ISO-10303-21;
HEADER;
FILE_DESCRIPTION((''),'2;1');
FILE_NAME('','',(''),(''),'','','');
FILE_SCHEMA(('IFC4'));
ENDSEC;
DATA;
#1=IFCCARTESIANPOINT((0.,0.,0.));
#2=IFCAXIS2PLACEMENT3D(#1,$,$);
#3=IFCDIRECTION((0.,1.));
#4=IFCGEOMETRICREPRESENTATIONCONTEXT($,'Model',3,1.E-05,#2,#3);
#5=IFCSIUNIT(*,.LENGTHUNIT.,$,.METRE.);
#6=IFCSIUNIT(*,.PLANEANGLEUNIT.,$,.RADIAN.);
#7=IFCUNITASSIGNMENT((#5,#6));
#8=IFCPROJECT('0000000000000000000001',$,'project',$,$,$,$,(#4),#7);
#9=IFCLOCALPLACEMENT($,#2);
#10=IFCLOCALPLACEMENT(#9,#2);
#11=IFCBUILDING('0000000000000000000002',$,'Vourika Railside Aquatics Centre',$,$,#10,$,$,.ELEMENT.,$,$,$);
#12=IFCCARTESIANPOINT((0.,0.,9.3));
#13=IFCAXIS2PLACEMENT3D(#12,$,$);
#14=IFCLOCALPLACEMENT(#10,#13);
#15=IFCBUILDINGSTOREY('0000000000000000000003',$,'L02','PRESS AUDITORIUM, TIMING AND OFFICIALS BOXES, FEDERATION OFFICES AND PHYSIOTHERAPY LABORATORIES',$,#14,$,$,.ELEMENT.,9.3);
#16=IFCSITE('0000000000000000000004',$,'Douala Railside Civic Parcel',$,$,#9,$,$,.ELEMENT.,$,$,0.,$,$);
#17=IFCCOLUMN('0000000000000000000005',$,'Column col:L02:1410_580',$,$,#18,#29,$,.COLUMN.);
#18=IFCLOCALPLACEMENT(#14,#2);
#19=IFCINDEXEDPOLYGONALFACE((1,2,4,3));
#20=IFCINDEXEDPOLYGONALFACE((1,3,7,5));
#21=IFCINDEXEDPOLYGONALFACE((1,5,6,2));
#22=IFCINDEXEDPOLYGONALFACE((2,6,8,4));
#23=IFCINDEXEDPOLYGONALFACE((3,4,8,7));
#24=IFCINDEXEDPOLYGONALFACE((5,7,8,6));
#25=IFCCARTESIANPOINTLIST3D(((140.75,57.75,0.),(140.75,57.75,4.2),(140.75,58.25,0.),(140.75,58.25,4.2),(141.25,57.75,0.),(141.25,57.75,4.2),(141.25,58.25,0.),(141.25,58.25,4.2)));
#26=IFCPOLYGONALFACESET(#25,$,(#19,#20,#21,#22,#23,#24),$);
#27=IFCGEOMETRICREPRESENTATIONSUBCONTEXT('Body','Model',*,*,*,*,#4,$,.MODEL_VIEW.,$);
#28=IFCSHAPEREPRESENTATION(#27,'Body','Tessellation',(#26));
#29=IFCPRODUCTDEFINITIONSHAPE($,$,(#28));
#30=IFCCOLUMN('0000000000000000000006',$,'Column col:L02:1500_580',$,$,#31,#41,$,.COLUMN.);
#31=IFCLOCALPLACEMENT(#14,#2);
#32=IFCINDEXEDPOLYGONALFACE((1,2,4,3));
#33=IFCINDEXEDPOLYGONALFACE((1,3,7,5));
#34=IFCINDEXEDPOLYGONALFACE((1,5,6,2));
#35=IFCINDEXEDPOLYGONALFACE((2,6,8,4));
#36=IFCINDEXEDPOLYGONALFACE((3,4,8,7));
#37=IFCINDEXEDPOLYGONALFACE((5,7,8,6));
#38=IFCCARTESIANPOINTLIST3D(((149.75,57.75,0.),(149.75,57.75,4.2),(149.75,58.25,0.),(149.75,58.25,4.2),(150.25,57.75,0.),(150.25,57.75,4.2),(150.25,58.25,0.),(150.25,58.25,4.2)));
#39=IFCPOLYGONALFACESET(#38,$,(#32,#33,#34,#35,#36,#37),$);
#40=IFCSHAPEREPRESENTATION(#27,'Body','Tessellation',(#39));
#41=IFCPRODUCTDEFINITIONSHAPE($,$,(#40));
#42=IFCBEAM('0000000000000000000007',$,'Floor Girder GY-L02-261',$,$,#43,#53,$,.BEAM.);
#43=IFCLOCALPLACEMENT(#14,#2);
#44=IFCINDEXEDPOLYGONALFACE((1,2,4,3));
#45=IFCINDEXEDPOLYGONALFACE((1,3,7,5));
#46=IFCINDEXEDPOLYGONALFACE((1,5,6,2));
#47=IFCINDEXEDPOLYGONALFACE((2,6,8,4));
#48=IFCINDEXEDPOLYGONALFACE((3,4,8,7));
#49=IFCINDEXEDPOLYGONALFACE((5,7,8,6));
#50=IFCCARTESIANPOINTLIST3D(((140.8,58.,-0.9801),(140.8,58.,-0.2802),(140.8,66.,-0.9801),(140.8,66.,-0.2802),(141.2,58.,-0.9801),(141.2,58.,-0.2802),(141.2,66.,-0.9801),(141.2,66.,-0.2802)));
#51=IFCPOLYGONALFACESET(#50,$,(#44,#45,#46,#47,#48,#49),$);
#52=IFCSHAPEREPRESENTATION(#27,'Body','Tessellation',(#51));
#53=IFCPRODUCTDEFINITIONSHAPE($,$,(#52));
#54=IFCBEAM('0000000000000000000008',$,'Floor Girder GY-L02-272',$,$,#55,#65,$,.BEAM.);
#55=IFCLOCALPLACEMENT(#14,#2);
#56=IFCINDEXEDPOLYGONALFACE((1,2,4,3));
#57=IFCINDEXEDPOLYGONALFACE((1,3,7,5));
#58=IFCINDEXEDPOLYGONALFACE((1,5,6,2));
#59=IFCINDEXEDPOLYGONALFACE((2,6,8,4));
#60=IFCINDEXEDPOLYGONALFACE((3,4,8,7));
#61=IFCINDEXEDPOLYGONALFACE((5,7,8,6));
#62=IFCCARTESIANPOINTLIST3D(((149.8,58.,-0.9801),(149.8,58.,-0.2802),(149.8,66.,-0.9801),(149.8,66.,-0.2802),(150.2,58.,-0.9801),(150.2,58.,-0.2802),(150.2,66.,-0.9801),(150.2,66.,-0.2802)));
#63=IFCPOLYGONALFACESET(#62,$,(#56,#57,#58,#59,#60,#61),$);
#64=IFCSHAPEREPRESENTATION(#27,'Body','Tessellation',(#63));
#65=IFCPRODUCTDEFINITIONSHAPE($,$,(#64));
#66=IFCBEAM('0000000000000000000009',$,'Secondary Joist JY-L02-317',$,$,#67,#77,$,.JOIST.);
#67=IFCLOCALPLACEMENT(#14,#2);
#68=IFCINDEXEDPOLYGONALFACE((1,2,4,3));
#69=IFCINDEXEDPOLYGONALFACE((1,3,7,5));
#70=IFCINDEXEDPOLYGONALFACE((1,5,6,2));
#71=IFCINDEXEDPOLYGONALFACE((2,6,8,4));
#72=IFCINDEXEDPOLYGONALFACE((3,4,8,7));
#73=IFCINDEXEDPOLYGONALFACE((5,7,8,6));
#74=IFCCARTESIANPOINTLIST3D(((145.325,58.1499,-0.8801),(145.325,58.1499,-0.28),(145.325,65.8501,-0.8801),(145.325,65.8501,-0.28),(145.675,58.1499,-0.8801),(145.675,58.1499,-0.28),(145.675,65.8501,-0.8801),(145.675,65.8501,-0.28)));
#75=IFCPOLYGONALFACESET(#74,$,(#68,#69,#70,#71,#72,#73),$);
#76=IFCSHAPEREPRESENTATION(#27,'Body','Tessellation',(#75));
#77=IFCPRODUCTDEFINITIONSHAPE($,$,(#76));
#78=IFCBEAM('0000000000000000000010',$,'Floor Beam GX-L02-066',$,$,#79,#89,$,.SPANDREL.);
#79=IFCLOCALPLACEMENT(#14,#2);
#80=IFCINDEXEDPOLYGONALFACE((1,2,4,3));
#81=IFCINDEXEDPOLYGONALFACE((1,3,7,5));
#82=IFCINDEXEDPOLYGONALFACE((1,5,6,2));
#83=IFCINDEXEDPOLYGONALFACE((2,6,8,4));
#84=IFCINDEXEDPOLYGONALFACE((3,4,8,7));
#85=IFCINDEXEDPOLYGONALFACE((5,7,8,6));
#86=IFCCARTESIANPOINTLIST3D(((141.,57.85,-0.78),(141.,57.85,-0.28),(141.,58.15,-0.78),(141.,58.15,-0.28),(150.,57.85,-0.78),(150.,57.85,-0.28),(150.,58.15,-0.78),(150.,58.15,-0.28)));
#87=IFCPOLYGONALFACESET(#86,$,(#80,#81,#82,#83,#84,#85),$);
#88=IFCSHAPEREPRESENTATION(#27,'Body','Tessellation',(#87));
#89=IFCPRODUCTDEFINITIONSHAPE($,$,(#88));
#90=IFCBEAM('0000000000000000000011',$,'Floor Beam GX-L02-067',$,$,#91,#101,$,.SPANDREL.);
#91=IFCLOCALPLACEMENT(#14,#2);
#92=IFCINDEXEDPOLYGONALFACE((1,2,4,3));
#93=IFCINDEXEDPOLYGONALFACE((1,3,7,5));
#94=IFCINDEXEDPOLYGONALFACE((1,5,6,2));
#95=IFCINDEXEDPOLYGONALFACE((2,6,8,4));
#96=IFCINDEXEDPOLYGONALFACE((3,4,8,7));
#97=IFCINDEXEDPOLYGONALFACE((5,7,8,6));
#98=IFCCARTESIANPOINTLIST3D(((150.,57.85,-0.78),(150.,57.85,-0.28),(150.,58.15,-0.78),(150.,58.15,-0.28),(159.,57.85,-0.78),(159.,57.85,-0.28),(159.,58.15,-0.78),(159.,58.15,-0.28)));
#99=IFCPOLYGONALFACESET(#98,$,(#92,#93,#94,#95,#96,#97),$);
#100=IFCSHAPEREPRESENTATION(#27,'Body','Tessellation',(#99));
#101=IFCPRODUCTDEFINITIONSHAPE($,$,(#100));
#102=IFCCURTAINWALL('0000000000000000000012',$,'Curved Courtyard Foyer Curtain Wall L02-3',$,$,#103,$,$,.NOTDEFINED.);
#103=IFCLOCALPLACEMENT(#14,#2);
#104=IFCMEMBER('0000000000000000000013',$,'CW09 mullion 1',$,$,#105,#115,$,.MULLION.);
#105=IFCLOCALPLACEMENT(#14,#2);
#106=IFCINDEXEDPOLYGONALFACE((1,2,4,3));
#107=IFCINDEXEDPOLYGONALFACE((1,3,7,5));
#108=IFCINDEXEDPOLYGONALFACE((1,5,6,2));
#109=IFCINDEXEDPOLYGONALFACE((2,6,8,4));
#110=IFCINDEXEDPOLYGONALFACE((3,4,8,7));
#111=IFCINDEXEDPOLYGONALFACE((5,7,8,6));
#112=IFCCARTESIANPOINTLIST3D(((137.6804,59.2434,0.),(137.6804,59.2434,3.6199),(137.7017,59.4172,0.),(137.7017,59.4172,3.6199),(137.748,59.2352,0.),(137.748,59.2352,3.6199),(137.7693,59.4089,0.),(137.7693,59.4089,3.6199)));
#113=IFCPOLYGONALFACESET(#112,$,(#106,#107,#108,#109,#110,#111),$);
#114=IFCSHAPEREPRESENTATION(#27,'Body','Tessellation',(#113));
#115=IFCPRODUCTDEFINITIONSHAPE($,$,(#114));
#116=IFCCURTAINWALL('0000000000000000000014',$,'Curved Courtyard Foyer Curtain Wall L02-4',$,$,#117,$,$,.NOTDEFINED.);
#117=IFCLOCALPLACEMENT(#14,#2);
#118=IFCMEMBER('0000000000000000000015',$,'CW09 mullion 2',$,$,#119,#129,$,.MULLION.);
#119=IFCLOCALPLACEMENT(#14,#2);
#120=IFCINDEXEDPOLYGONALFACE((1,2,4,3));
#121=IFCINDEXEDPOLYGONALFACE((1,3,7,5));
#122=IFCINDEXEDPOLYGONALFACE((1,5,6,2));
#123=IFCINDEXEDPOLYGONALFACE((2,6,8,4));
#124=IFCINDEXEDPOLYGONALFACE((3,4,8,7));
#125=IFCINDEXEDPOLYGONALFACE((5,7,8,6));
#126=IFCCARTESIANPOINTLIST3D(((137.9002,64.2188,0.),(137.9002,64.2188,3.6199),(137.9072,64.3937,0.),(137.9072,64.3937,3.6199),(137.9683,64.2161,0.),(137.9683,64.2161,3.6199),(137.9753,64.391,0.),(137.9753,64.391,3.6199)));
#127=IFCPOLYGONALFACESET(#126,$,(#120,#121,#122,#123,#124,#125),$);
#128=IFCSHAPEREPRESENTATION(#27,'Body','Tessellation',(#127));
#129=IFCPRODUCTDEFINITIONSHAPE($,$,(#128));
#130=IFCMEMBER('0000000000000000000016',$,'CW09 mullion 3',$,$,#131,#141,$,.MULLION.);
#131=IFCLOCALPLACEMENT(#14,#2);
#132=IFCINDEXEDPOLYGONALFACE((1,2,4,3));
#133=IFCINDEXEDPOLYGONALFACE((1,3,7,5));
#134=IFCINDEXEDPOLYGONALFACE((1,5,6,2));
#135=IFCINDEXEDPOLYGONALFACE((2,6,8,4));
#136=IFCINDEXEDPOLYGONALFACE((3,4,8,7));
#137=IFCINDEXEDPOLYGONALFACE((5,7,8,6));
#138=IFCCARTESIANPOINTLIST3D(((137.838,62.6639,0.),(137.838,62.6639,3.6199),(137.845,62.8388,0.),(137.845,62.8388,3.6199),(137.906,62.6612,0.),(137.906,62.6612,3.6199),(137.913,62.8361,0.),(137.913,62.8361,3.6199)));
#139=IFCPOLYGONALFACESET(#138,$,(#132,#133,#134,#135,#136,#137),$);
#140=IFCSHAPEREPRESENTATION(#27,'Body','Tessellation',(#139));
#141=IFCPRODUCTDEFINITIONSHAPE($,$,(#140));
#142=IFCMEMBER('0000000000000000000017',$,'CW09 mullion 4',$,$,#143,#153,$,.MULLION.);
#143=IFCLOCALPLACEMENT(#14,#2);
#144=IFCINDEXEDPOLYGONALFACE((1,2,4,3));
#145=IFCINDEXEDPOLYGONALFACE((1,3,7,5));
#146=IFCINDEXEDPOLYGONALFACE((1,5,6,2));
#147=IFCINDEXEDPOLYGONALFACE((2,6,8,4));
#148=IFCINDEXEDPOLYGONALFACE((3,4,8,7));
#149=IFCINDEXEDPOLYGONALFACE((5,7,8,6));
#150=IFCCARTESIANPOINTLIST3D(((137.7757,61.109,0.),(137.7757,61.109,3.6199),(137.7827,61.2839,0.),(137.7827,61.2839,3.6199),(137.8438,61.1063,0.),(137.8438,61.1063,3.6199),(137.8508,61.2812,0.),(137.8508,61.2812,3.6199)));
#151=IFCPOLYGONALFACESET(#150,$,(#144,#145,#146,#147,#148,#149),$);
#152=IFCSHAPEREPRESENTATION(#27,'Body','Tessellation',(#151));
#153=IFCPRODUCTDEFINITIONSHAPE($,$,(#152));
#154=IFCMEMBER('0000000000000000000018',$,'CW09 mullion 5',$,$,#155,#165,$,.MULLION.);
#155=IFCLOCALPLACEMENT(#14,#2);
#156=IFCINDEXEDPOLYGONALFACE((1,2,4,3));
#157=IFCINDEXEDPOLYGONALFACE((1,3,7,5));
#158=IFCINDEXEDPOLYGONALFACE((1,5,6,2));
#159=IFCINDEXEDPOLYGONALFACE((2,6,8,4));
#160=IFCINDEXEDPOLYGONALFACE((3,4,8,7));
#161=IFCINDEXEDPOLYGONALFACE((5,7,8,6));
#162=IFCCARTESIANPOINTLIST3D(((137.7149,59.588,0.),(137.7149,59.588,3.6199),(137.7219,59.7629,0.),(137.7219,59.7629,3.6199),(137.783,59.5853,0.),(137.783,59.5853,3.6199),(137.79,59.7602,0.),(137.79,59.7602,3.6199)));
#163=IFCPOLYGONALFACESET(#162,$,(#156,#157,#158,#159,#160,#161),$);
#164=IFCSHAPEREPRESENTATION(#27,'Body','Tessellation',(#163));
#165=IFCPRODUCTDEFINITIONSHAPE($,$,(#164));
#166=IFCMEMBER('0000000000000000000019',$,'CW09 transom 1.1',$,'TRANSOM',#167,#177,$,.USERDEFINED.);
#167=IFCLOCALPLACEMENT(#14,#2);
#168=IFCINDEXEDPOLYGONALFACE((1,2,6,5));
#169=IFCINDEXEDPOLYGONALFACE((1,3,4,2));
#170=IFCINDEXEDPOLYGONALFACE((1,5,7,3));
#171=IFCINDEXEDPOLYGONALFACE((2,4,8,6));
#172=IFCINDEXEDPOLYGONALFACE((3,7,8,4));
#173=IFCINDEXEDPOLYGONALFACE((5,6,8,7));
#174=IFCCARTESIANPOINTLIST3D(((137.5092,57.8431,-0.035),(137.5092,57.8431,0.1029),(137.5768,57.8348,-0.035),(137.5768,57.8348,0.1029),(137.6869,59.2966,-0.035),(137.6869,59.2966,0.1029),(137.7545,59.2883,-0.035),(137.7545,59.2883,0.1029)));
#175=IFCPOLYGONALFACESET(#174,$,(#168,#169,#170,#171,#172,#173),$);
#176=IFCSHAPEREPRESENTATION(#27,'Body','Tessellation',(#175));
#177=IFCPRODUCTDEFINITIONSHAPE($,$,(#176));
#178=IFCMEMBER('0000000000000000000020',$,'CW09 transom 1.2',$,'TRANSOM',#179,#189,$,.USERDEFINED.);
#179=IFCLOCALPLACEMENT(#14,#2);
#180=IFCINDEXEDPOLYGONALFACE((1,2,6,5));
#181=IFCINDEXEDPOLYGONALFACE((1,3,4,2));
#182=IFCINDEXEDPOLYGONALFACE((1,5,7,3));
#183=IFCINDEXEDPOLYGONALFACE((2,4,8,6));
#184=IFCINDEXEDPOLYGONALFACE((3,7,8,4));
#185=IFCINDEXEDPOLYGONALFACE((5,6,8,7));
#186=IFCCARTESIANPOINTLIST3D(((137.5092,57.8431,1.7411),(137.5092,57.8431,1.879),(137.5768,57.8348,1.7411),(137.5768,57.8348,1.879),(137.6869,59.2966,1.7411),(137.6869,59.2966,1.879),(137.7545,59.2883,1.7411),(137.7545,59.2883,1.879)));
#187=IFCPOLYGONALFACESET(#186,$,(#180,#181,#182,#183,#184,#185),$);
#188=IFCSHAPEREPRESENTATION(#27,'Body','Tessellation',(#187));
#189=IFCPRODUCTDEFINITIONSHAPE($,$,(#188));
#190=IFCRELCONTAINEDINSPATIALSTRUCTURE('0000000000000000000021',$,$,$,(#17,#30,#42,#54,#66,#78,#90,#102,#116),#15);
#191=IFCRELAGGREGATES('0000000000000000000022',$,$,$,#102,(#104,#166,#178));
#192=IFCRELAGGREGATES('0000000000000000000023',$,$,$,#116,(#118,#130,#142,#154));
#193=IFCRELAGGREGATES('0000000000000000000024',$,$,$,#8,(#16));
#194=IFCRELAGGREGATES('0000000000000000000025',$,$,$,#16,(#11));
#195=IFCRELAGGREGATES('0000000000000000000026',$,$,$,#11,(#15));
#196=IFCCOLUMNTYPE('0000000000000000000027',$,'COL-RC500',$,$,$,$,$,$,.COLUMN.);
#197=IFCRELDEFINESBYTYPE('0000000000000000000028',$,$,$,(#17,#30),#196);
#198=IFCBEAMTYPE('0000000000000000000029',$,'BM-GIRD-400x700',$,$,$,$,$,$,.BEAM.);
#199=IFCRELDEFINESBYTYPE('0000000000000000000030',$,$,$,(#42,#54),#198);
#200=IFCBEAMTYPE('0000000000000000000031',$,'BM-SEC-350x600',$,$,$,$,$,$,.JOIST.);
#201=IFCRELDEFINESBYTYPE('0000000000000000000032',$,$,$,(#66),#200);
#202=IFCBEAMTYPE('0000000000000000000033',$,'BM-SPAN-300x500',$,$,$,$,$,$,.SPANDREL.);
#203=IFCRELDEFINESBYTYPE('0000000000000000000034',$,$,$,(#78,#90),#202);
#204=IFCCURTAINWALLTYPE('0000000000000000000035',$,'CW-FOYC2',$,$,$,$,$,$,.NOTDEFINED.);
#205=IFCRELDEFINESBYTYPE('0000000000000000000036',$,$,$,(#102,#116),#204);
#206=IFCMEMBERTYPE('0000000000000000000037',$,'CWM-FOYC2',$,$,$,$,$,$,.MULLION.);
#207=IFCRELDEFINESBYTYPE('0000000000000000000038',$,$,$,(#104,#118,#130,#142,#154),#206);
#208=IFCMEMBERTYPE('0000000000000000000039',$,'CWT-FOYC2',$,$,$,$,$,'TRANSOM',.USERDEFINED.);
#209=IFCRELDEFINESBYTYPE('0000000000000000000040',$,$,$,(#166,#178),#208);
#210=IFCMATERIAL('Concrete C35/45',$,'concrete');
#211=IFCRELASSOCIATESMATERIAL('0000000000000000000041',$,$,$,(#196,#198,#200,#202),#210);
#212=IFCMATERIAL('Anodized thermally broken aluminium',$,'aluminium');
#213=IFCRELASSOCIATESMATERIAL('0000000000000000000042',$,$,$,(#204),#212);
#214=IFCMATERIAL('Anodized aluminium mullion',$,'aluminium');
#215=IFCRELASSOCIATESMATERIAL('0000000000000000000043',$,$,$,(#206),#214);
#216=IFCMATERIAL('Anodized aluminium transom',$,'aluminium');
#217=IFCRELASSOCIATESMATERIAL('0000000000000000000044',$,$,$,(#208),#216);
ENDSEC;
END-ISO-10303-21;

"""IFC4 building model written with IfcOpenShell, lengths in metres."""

from ifc_helpers import new_model, si_unit, direction, frame, origin, origin_2d, place, context, subcontext, project, spatial, rectangle, extrude, material, material_profile, profile_set, type_object, element, aggregate, save


model = new_model("IFC4")

# Units and contexts
model_context = context("Model", 3, precision=1e-05, world=origin(), true_north=direction((0.0, 1.0)))
body_context = subcontext(model_context, "Body", "Model", "MODEL_VIEW")
ifc_project = project(units=[si_unit("LENGTHUNIT", "METRE"), si_unit("PLANEANGLEUNIT", "RADIAN")], contexts=[model_context])

# Site, building, storey
site_placement = place(None, origin())
site = spatial("IfcSite", under=ifc_project, at=site_placement, Name="Douala Railside Civic Parcel", CompositionType="ELEMENT", RefElevation=0.0)
building_placement = place(site_placement, origin())
building = spatial("IfcBuilding", under=site, at=building_placement, Name="Vourika Railside Aquatics Centre", CompositionType="ELEMENT")
storey_placement = place(building_placement, frame((0.0, 0.0, 9.3)))
storey = spatial("IfcBuildingStorey", under=building, at=storey_placement, Name="L02", Description="PRESS AUDITORIUM, TIMING AND OFFICIALS BOXES, FEDERATION OFFICES AND PHYSIOTHERAPY LABORATORIES", CompositionType="ELEMENT", Elevation=9.3)

# Columns
ifc_material_1 = material(Name="Concrete C35/45", Category="concrete")
ifc_material_profile_1 = material_profile(ifc_material_1, rectangle(XDim=0.5, YDim=0.5, at=origin_2d()), Name="RC 500x500")
ifc_profile_set_1 = profile_set([ifc_material_profile_1], Name="Concrete C35/45")
column_type = type_object("IfcColumnType", Name="COL-RC500", PredefinedType="COLUMN", material=ifc_profile_set_1)
for number, where, z_axis, x_axis, name in (
    (1, (141.0, 58.0, 0.0), (0.0, 0.0, 1.0), (1.0, 0.0, 0.0), "Column col:L02:1410_580"),
    (2, (150.0, 58.0, 0.0), (0.0, 0.0, 1.0), (1.0, 0.0, 0.0), "Column col:L02:1500_580"),
):
    element("IfcColumn", number, at=place(storey_placement, frame(where, z_axis=z_axis, x_axis=x_axis)), inside=storey, type_object=column_type, Name=name, PredefinedType="COLUMN", context=body_context, shape_type="SweptSolid", body=[
        extrude(rectangle(XDim=0.5, YDim=0.5, at=origin_2d()), origin(), (0.0, 0.0, 1.0), 4.2),
    ])

# Beams
ifc_material_profile_2 = material_profile(ifc_material_1, rectangle(XDim=0.3999, YDim=0.7, at=origin_2d()), Name="RC 400x700")
ifc_profile_set_2 = profile_set([ifc_material_profile_2], Name="Concrete C35/45")
beam_type_1 = type_object("IfcBeamType", Name="BM-GIRD-400x700", PredefinedType="BEAM", material=ifc_profile_set_2)
for number, where, z_axis, x_axis, name in (
    (3, (141.0, 58.0, -0.6301), (0.0, 1.0, 0.0), (-1.0, 0.0, 0.0), "Floor Girder GY-L02-261"),
    (4, (150.0, 58.0, -0.6301), (0.0, 1.0, 0.0), (-1.0, 0.0, 0.0), "Floor Girder GY-L02-272"),
):
    element("IfcBeam", number, at=place(storey_placement, frame(where, z_axis=z_axis, x_axis=x_axis)), inside=storey, type_object=beam_type_1, Name=name, PredefinedType="BEAM", context=body_context, shape_type="SweptSolid", body=[
        extrude(rectangle(XDim=0.3999, YDim=0.7, at=origin_2d()), origin(), (0.0, 0.0, 1.0), 8.0),
    ])
ifc_material_profile_3 = material_profile(ifc_material_1, rectangle(XDim=0.3501, YDim=0.6001, at=origin_2d()), Name="RC 350x600")
ifc_profile_set_3 = profile_set([ifc_material_profile_3], Name="Concrete C35/45")
beam_type_2 = type_object("IfcBeamType", Name="BM-SEC-350x600", PredefinedType="JOIST", material=ifc_profile_set_3)
beam_placement = place(storey_placement, frame((145.5, 58.1499, -0.5801), z_axis=(0.0, 1.0, 0.0), x_axis=(-1.0, 0.0, 0.0)))
element("IfcBeam", 5, at=beam_placement, inside=storey, type_object=beam_type_2, Name="Secondary Joist JY-L02-317", PredefinedType="JOIST", context=body_context, shape_type="SweptSolid", body=[
    extrude(rectangle(XDim=0.3501, YDim=0.6001, at=origin_2d()), origin(), (0.0, 0.0, 1.0), 7.7002),
])
ifc_material_profile_4 = material_profile(ifc_material_1, rectangle(XDim=0.3, YDim=0.5, at=origin_2d()), Name="RC 300x500")
ifc_profile_set_4 = profile_set([ifc_material_profile_4], Name="Concrete C35/45")
beam_type_3 = type_object("IfcBeamType", Name="BM-SPAN-300x500", PredefinedType="SPANDREL", material=ifc_profile_set_4)
for number, where, z_axis, x_axis, name in (
    (6, (141.0, 58.0, -0.53), (1.0, 0.0, 0.0), (0.0, 1.0, 0.0), "Floor Beam GX-L02-066"),
    (7, (150.0, 58.0, -0.53), (1.0, 0.0, 0.0), (0.0, 1.0, 0.0), "Floor Beam GX-L02-067"),
):
    element("IfcBeam", number, at=place(storey_placement, frame(where, z_axis=z_axis, x_axis=x_axis)), inside=storey, type_object=beam_type_3, Name=name, PredefinedType="SPANDREL", context=body_context, shape_type="SweptSolid", body=[
        extrude(rectangle(XDim=0.3, YDim=0.5, at=origin_2d()), origin(), (0.0, 0.0, 1.0), 9.0),
    ])

# Curtain wall, member
ifc_material_2 = material(Name="Anodized thermally broken aluminium", Category="aluminium")
curtain_wall_type = type_object("IfcCurtainWallType", Name="CW-FOYC2", PredefinedType="NOTDEFINED", material=ifc_material_2)
curtain_wall_1_placement = place(storey_placement, origin())
curtain_wall_1 = element("IfcCurtainWall", 8, at=curtain_wall_1_placement, inside=storey, type_object=curtain_wall_type, Name="Curved Courtyard Foyer Curtain Wall L02-3", PredefinedType="NOTDEFINED")
ifc_material_3 = material(Name="Anodized aluminium mullion", Category="aluminium")
ifc_material_profile_5 = material_profile(ifc_material_3, rectangle(XDim=0.0681, YDim=0.175, at=origin_2d()), Name="ALU-M 68x175")
ifc_profile_set_5 = profile_set([ifc_material_profile_5], Name="Anodized aluminium mullion")
member_type_1 = type_object("IfcMemberType", Name="CWM-FOYC2", PredefinedType="MULLION", material=ifc_profile_set_5)
member_1_placement = place(storey_placement, frame((137.7249, 59.3262, 0.0), z_axis=(0.0, 0.0, 1.0), x_axis=(0.992599, -0.121442, 0.0)))
member_1 = element("IfcMember", 9, at=member_1_placement, type_object=member_type_1, Name="CW09 mullion 1", PredefinedType="MULLION", context=body_context, shape_type="SweptSolid", body=[
    extrude(rectangle(XDim=0.0681, YDim=0.175, at=origin_2d()), origin(), (0.0, 0.0, 1.0), 3.6199),
])

# Curtain wall, members
curtain_wall_2_placement = place(storey_placement, origin())
curtain_wall_2 = element("IfcCurtainWall", 10, at=curtain_wall_2_placement, inside=storey, type_object=curtain_wall_type, Name="Curved Courtyard Foyer Curtain Wall L02-4", PredefinedType="NOTDEFINED")
member_2_placement = place(storey_placement, frame((137.9377, 64.3049, 0.0), z_axis=(0.0, 0.0, 1.0), x_axis=(0.9992, -0.04, 0.0)))
member_2 = element("IfcMember", 11, at=member_2_placement, type_object=member_type_1, Name="CW09 mullion 2", PredefinedType="MULLION", context=body_context, shape_type="SweptSolid", body=[
    extrude(rectangle(XDim=0.0681, YDim=0.175, at=origin_2d()), origin(), (0.0, 0.0, 1.0), 3.6199),
])
member_3_placement = place(storey_placement, frame((137.8755, 62.75, 0.0), z_axis=(0.0, 0.0, 1.0), x_axis=(0.9992, -0.04, 0.0)))
member_3 = element("IfcMember", 12, at=member_3_placement, type_object=member_type_1, Name="CW09 mullion 3", PredefinedType="MULLION", context=body_context, shape_type="SweptSolid", body=[
    extrude(rectangle(XDim=0.0681, YDim=0.175, at=origin_2d()), origin(), (0.0, 0.0, 1.0), 3.6199),
])
member_4_placement = place(storey_placement, frame((137.8132, 61.1951, 0.0), z_axis=(0.0, 0.0, 1.0), x_axis=(0.9992, -0.04, 0.0)))
member_4 = element("IfcMember", 13, at=member_4_placement, type_object=member_type_1, Name="CW09 mullion 4", PredefinedType="MULLION", context=body_context, shape_type="SweptSolid", body=[
    extrude(rectangle(XDim=0.0681, YDim=0.175, at=origin_2d()), origin(), (0.0, 0.0, 1.0), 3.6199),
])
member_5_placement = place(storey_placement, frame((137.7524, 59.6741, 0.0), z_axis=(0.0, 0.0, 1.0), x_axis=(0.9992, -0.04, 0.0)))
member_5 = element("IfcMember", 14, at=member_5_placement, type_object=member_type_1, Name="CW09 mullion 5", PredefinedType="MULLION", context=body_context, shape_type="SweptSolid", body=[
    extrude(rectangle(XDim=0.0681, YDim=0.175, at=origin_2d()), origin(), (0.0, 0.0, 1.0), 3.6199),
])

# Members
ifc_material_4 = material(Name="Anodized aluminium transom", Category="aluminium")
ifc_material_profile_6 = material_profile(ifc_material_4, rectangle(XDim=0.0681, YDim=0.1379, at=origin_2d()), Name="ALU-T 68x138")
ifc_profile_set_6 = profile_set([ifc_material_profile_6], Name="Anodized aluminium transom")
member_type_2 = type_object("IfcMemberType", Name="CWT-FOYC2", ElementType="TRANSOM", PredefinedType="USERDEFINED", material=ifc_profile_set_6)
member_6_placement = place(storey_placement, frame((137.7207, 59.2925, 0.0339), z_axis=(-0.121367, -0.992608, 0.0), x_axis=(0.992608, -0.121367, 0.0)))
member_6 = element("IfcMember", 15, at=member_6_placement, type_object=member_type_2, Name="CW09 transom 1.1", ObjectType="TRANSOM", PredefinedType="USERDEFINED", context=body_context, shape_type="SweptSolid", body=[
    extrude(rectangle(XDim=0.0681, YDim=0.1379, at=origin_2d()), origin(), (0.0, 0.0, 1.0), 1.4644),
])
member_7_placement = place(storey_placement, frame((137.7207, 59.2925, 1.8101), z_axis=(-0.121367, -0.992608, 0.0), x_axis=(0.992608, -0.121367, 0.0)))
member_7 = element("IfcMember", 16, at=member_7_placement, type_object=member_type_2, Name="CW09 transom 1.2", ObjectType="TRANSOM", PredefinedType="USERDEFINED", context=body_context, shape_type="SweptSolid", body=[
    extrude(rectangle(XDim=0.0681, YDim=0.1379, at=origin_2d()), origin(), (0.0, 0.0, 1.0), 1.4644),
])
aggregate(curtain_wall_1, [member_1, member_6, member_7])

aggregate(curtain_wall_2, [member_2, member_3, member_4, member_5])

save(model, "model.ifc")
